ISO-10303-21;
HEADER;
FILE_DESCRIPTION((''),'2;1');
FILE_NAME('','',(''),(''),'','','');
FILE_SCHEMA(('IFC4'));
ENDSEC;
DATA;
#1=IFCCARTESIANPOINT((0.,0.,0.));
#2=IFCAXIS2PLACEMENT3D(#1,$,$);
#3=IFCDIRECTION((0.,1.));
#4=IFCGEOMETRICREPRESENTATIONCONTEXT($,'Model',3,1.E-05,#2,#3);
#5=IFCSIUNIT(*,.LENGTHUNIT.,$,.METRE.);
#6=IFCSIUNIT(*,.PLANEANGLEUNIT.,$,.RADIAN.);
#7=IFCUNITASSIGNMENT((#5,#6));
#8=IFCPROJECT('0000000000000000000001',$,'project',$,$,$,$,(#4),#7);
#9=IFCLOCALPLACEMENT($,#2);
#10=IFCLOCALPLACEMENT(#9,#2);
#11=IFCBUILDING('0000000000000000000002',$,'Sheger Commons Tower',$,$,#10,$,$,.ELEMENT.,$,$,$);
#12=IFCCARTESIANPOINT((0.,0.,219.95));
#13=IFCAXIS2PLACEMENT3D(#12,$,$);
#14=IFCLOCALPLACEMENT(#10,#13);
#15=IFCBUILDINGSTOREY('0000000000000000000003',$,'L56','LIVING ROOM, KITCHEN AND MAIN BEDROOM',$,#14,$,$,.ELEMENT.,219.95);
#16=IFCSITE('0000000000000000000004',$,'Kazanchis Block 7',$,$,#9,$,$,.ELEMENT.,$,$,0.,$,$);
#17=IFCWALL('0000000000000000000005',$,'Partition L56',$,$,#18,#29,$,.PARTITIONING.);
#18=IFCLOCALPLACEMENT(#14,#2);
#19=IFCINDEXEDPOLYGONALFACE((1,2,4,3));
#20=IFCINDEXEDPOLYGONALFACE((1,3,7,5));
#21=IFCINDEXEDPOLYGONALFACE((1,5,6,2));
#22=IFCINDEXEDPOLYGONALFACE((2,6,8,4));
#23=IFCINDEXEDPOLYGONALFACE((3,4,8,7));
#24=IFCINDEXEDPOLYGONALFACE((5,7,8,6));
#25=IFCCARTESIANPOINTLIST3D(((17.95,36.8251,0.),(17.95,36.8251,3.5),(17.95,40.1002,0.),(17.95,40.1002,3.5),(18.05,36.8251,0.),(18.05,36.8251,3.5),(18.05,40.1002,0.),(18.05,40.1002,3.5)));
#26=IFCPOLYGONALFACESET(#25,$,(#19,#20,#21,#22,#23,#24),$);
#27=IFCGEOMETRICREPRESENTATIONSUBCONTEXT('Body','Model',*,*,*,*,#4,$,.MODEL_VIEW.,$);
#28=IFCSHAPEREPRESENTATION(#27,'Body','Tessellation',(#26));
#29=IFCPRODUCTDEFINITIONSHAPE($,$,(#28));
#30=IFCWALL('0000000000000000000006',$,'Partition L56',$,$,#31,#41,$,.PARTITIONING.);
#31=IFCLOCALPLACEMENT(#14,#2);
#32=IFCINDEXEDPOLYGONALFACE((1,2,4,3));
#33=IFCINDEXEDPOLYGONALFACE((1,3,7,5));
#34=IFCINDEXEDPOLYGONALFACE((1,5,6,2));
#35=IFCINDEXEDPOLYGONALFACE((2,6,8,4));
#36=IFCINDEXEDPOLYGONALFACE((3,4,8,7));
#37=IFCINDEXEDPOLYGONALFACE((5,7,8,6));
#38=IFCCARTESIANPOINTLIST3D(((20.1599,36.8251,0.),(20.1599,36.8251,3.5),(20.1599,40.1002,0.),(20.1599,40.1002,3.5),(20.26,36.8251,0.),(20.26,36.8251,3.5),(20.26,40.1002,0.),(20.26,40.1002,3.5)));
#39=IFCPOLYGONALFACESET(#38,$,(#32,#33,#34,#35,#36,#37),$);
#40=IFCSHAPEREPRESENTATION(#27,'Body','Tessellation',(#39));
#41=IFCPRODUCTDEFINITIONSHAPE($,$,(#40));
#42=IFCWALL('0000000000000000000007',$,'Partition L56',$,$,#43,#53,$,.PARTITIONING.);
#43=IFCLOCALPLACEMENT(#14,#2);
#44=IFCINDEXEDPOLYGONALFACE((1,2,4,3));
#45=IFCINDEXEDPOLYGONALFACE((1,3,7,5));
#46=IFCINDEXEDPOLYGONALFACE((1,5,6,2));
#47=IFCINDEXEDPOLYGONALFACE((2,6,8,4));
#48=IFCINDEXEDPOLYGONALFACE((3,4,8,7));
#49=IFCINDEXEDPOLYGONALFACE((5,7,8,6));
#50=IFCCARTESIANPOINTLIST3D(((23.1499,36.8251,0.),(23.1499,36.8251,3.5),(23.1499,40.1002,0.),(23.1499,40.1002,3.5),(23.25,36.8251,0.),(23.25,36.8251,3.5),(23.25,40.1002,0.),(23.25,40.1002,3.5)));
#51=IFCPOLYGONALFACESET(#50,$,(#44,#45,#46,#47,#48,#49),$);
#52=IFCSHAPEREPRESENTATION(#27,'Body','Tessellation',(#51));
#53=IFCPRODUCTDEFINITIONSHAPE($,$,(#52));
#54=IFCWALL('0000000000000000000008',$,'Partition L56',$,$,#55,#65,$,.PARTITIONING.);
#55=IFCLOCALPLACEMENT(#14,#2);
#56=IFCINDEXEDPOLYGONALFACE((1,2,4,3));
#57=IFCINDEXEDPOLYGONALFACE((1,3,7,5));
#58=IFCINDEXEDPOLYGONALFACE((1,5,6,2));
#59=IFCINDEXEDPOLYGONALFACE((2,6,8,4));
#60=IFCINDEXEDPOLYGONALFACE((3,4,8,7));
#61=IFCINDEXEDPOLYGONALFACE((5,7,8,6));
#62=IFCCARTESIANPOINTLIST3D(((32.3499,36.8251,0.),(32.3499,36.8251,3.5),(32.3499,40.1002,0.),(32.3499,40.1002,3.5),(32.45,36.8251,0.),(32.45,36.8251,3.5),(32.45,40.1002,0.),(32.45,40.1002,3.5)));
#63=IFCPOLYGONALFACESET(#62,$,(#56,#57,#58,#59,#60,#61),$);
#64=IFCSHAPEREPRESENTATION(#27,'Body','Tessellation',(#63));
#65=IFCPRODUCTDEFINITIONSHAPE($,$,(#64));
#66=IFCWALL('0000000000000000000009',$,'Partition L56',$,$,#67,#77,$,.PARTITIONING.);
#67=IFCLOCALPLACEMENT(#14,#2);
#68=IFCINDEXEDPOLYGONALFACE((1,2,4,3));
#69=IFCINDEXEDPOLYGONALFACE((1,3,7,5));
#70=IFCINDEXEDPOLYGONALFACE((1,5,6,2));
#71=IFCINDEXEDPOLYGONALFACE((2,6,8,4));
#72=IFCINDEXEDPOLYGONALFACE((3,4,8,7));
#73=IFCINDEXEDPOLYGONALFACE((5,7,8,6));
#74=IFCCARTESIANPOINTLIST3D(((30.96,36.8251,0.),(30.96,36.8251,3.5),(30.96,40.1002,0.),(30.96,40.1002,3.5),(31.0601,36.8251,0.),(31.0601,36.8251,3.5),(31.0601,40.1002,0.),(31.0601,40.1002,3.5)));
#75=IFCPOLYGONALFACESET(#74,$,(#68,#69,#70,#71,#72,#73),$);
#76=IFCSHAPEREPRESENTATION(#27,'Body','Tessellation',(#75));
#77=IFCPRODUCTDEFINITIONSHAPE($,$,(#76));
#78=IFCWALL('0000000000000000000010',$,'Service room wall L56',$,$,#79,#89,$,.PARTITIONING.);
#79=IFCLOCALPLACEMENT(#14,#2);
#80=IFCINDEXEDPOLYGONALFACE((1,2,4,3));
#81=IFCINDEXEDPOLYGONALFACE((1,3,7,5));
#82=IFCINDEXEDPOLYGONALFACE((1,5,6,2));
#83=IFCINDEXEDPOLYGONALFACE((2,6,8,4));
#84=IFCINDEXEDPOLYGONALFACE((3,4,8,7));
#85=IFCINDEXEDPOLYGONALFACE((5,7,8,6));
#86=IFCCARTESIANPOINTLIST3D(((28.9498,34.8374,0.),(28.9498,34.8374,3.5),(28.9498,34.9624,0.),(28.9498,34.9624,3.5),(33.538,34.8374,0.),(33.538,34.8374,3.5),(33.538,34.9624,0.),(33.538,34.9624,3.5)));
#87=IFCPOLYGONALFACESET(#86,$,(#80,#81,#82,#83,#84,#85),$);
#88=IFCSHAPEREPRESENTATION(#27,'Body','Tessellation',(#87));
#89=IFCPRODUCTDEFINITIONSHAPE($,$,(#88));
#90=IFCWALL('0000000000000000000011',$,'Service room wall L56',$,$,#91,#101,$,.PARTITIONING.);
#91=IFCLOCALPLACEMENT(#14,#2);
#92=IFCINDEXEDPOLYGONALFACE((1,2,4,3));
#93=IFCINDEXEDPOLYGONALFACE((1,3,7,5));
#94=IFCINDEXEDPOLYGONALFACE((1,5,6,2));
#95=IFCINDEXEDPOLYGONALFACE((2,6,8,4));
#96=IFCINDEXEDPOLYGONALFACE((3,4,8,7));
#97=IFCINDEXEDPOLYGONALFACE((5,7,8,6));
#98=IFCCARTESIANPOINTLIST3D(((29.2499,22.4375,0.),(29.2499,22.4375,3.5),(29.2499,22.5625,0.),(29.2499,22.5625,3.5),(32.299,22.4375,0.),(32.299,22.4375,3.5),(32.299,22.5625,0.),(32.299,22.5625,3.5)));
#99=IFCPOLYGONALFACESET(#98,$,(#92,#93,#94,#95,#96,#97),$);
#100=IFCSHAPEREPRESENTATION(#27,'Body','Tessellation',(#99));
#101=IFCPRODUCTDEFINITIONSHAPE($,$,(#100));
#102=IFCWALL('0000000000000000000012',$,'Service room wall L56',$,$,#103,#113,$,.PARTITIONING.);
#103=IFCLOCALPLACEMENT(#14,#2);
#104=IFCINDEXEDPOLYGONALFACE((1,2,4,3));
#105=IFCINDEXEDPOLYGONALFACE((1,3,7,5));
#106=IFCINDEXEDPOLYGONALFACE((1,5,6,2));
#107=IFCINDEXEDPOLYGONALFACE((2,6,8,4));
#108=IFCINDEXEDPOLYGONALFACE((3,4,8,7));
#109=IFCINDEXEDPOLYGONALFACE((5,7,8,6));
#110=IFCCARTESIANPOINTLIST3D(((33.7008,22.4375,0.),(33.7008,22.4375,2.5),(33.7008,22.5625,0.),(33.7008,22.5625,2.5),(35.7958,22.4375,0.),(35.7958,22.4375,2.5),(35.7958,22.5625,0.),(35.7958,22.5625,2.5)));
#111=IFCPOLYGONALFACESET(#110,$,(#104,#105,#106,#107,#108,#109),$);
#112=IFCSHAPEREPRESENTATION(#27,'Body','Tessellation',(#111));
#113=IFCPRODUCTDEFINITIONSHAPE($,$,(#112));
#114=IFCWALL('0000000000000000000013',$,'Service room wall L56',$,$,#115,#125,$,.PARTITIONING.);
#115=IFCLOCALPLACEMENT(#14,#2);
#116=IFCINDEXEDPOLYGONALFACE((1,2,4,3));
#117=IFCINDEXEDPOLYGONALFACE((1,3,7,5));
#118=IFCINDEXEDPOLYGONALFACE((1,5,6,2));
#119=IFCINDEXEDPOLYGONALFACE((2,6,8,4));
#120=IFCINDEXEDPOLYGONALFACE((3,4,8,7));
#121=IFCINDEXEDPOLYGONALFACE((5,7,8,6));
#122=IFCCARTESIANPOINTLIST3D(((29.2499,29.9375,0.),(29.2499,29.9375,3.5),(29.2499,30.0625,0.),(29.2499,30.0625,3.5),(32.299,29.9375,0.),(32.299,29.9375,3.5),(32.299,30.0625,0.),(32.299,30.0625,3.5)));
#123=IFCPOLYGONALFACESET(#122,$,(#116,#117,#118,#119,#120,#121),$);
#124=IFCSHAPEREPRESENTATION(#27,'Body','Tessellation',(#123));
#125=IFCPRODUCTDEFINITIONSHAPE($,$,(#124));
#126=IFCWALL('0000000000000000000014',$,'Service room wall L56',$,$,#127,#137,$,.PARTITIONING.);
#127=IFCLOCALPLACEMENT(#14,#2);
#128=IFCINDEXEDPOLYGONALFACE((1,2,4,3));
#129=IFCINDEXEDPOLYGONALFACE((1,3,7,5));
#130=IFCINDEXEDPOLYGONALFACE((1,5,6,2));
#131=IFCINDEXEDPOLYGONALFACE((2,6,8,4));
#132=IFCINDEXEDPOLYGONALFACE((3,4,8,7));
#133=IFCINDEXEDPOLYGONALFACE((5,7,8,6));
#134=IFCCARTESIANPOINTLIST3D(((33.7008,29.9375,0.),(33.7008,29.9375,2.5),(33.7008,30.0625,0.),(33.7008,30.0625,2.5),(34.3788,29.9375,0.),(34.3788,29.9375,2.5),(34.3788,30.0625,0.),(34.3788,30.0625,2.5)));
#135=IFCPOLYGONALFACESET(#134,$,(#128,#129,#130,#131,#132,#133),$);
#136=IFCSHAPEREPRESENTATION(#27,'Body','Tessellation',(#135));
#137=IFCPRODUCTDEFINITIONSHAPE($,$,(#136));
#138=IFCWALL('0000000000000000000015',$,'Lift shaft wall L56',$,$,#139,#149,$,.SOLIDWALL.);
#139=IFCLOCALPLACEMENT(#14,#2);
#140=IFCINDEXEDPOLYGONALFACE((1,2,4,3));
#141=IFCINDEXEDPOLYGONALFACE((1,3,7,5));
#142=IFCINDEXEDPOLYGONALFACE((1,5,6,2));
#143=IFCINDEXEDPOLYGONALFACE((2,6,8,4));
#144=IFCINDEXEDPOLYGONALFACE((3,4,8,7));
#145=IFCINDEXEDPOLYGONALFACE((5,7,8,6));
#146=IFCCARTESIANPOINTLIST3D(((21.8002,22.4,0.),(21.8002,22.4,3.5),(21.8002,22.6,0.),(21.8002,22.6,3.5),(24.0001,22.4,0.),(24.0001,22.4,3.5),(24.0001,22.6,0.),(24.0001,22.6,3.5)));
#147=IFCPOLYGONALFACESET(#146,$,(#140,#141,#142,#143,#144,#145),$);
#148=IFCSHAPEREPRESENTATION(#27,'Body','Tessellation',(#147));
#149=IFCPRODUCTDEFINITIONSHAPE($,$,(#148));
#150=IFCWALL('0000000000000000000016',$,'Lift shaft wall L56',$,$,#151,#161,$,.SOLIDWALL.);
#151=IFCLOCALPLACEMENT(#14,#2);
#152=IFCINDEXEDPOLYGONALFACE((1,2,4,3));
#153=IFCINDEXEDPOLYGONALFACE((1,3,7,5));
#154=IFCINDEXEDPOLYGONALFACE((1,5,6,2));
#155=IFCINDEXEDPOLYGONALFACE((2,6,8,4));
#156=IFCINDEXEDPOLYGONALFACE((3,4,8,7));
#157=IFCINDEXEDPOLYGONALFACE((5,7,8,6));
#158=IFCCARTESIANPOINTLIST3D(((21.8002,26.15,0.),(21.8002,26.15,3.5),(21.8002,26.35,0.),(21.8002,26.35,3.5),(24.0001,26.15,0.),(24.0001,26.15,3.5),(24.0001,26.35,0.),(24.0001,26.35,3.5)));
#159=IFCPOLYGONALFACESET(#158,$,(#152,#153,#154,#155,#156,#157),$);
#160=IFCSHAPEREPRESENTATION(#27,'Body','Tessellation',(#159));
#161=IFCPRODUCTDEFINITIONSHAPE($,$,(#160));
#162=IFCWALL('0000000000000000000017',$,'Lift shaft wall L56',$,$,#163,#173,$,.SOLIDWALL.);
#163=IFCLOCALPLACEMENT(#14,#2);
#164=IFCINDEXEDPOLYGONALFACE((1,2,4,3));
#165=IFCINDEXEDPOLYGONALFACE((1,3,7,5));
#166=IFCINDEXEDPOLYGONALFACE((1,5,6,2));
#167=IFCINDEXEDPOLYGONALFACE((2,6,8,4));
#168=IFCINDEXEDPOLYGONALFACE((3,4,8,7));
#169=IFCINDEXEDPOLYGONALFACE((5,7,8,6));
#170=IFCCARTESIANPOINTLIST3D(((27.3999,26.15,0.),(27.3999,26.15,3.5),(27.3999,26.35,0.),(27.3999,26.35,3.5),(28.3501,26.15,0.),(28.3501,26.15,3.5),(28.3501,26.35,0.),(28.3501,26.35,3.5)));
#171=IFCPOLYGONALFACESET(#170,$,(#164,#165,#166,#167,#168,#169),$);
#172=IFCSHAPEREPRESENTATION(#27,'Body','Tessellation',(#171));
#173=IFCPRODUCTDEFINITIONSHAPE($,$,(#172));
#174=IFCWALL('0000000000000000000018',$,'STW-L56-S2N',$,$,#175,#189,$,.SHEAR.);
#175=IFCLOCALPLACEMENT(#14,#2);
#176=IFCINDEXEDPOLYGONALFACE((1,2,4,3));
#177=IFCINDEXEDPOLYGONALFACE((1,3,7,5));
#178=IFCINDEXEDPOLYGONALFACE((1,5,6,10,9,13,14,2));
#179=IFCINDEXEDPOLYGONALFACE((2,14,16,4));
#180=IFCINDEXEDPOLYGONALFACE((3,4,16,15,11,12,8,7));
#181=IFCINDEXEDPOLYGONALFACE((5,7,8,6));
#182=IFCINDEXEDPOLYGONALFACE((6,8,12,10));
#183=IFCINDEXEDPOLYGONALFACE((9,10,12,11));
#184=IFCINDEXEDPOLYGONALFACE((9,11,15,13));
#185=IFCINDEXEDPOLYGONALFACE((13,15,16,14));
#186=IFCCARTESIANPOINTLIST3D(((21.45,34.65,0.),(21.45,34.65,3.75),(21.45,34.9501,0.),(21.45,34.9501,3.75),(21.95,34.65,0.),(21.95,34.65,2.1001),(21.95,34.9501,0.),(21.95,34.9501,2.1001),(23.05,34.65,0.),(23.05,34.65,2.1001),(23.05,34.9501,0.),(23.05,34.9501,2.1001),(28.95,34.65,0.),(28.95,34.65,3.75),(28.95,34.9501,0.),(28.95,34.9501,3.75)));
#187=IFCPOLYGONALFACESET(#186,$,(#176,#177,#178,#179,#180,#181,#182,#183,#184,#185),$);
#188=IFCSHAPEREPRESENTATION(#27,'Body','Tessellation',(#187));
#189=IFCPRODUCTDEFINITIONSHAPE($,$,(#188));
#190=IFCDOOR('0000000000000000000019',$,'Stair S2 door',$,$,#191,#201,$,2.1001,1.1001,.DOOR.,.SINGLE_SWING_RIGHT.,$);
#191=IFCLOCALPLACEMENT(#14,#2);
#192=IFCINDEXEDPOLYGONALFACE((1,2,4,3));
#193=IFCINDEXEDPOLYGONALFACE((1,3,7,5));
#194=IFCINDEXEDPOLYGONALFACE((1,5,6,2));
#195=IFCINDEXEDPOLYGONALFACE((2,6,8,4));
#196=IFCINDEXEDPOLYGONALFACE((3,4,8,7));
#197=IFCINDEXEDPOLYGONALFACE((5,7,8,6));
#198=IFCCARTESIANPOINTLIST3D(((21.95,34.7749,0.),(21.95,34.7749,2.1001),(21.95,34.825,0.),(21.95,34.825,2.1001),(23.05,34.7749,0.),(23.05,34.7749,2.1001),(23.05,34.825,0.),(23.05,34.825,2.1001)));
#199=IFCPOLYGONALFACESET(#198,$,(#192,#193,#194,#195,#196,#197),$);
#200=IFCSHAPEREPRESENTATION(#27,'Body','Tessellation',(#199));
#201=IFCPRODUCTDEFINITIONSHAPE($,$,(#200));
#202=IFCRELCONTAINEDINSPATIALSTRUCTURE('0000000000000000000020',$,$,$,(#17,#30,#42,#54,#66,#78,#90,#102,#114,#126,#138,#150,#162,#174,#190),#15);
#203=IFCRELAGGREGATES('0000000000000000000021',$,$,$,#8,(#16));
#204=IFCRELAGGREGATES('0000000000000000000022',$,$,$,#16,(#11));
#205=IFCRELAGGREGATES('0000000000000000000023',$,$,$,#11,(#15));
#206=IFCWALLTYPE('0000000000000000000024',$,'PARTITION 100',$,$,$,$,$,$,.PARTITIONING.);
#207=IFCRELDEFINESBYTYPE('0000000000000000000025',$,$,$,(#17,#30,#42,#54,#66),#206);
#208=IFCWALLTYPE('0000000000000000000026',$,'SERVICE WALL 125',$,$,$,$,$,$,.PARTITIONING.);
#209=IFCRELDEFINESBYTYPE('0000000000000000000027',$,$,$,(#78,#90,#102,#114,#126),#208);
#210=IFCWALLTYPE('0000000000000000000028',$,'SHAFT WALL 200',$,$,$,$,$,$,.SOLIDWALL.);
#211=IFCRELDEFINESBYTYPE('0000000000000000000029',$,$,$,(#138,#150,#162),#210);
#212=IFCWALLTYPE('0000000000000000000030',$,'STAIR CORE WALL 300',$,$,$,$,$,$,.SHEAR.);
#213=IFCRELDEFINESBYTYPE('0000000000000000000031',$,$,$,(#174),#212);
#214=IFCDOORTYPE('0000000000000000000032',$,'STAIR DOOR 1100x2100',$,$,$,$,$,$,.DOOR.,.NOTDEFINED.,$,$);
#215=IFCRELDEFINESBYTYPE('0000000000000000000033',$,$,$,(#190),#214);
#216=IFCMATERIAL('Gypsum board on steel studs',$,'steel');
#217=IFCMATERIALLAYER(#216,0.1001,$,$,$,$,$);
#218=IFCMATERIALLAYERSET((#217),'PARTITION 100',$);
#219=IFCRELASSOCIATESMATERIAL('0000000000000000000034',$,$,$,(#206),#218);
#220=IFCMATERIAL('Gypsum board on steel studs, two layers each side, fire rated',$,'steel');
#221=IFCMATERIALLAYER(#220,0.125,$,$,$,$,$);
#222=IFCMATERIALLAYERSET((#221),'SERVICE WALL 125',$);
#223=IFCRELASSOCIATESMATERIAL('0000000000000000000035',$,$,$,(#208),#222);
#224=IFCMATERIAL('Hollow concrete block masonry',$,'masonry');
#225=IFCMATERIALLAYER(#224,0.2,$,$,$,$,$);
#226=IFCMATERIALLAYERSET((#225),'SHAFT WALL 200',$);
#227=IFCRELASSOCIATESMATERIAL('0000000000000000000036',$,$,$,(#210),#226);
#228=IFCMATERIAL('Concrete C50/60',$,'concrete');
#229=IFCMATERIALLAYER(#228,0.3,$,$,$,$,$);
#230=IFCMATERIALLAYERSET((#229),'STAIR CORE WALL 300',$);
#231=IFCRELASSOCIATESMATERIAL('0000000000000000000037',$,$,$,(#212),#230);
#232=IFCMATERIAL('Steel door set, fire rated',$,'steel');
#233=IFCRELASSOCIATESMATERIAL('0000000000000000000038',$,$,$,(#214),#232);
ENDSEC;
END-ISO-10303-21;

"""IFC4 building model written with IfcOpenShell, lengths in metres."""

from ifc_helpers import new_model, si_unit, direction, frame, frame_2d, origin, place, context, subcontext, project, spatial, rectangle, extrude, material, layer, layer_set, type_object, element, fill, save


model = new_model("IFC4")

# Units and contexts
model_context = context("Model", 3, precision=1e-05, world=origin(), true_north=direction((0.0, 1.0)))
body_context = subcontext(model_context, "Body", "Model", "MODEL_VIEW")
ifc_project = project(units=[si_unit("LENGTHUNIT", "METRE"), si_unit("PLANEANGLEUNIT", "RADIAN")], contexts=[model_context])

# Site, building, storey
site_placement = place(None, origin())
site = spatial("IfcSite", under=ifc_project, at=site_placement, Name="Kazanchis Block 7", CompositionType="ELEMENT", RefElevation=0.0)
building_placement = place(site_placement, origin())
building = spatial("IfcBuilding", under=site, at=building_placement, Name="Sheger Commons Tower", CompositionType="ELEMENT")
storey_placement = place(building_placement, frame((0.0, 0.0, 219.95)))
storey = spatial("IfcBuildingStorey", under=building, at=storey_placement, Name="L56", Description="LIVING ROOM, KITCHEN AND MAIN BEDROOM", CompositionType="ELEMENT", Elevation=219.95)

# Walls
ifc_material_1 = material(Name="Gypsum board on steel studs", Category="steel")
ifc_layer_1 = layer(ifc_material_1, 0.1001)
ifc_layer_set_1 = layer_set([ifc_layer_1], Name="PARTITION 100")
wall_type_1 = type_object("IfcWallType", Name="PARTITION 100", PredefinedType="PARTITIONING", material=ifc_layer_set_1)
for number, where, z_axis, x_axis, name in (
    (1, (18.0, 36.825, 0.0), (0.0, 0.0, 1.0), (0.0, 1.0, 0.0), "Partition L56"),
    (2, (20.21, 36.825, 0.0), (0.0, 0.0, 1.0), (0.0, 1.0, 0.0), "Partition L56"),
    (3, (23.2, 36.825, 0.0), (0.0, 0.0, 1.0), (0.0, 1.0, 0.0), "Partition L56"),
    (4, (32.3999, 36.825, 0.0), (0.0, 0.0, 1.0), (0.0, 1.0, 0.0), "Partition L56"),
    (5, (31.01, 36.825, 0.0), (0.0, 0.0, 1.0), (0.0, 1.0, 0.0), "Partition L56"),
):
    element("IfcWall", number, at=place(storey_placement, frame(where, z_axis=z_axis, x_axis=x_axis)), inside=storey, type_object=wall_type_1, Name=name, PredefinedType="PARTITIONING", context=body_context, shape_type="SweptSolid", body=[
        extrude(rectangle(XDim=3.2751, YDim=0.1001, at=frame_2d((1.6377, 0.0))), origin(), (0.0, 0.0, 1.0), 3.5),
    ])
ifc_material_2 = material(Name="Gypsum board on steel studs, two layers each side, fire rated", Category="steel")
ifc_layer_2 = layer(ifc_material_2, 0.125)
ifc_layer_set_2 = layer_set([ifc_layer_2], Name="SERVICE WALL 125")
wall_type_2 = type_object("IfcWallType", Name="SERVICE WALL 125", PredefinedType="PARTITIONING", material=ifc_layer_set_2)
wall_1_placement = place(storey_placement, frame((28.95, 34.8999, 0.0), z_axis=(0.0, 0.0, 1.0), x_axis=(1.0, 0.0, 0.0)))
element("IfcWall", 6, at=wall_1_placement, inside=storey, type_object=wall_type_2, Name="Service room wall L56", PredefinedType="PARTITIONING", context=body_context, shape_type="SweptSolid", body=[
    extrude(rectangle(XDim=4.5881, YDim=0.125, at=frame_2d((2.2939, 0.0))), origin(), (0.0, 0.0, 1.0), 3.5),
])
wall_2_placement = place(storey_placement, frame((29.25, 22.5, 0.0), z_axis=(0.0, 0.0, 1.0), x_axis=(1.0, 0.0, 0.0)))
element("IfcWall", 7, at=wall_2_placement, inside=storey, type_object=wall_type_2, Name="Service room wall L56", PredefinedType="PARTITIONING", context=body_context, shape_type="SweptSolid", body=[
    extrude(rectangle(XDim=3.0491, YDim=0.125, at=frame_2d((1.5244, 0.0))), origin(), (0.0, 0.0, 1.0), 3.5),
])
wall_3_placement = place(storey_placement, frame((33.7009, 22.5, 0.0), z_axis=(0.0, 0.0, 1.0), x_axis=(1.0, 0.0, 0.0)))
element("IfcWall", 8, at=wall_3_placement, inside=storey, type_object=wall_type_2, Name="Service room wall L56", PredefinedType="PARTITIONING", context=body_context, shape_type="SweptSolid", body=[
    extrude(rectangle(XDim=2.095, YDim=0.125, at=frame_2d((1.0474, 0.0))), origin(), (0.0, 0.0, 1.0), 2.5),
])
wall_4_placement = place(storey_placement, frame((29.25, 30.0, 0.0), z_axis=(0.0, 0.0, 1.0), x_axis=(1.0, 0.0, 0.0)))
element("IfcWall", 9, at=wall_4_placement, inside=storey, type_object=wall_type_2, Name="Service room wall L56", PredefinedType="PARTITIONING", context=body_context, shape_type="SweptSolid", body=[
    extrude(rectangle(XDim=3.0491, YDim=0.125, at=frame_2d((1.5244, 0.0))), origin(), (0.0, 0.0, 1.0), 3.5),
])
wall_5_placement = place(storey_placement, frame((33.7009, 30.0, 0.0), z_axis=(0.0, 0.0, 1.0), x_axis=(1.0, 0.0, 0.0)))
element("IfcWall", 10, at=wall_5_placement, inside=storey, type_object=wall_type_2, Name="Service room wall L56", PredefinedType="PARTITIONING", context=body_context, shape_type="SweptSolid", body=[
    extrude(rectangle(XDim=0.678, YDim=0.125, at=frame_2d((0.3389, 0.0))), origin(), (0.0, 0.0, 1.0), 2.5),
])
ifc_material_3 = material(Name="Hollow concrete block masonry", Category="masonry")
ifc_layer_3 = layer(ifc_material_3, 0.2)
ifc_layer_set_3 = layer_set([ifc_layer_3], Name="SHAFT WALL 200")
wall_type_3 = type_object("IfcWallType", Name="SHAFT WALL 200", PredefinedType="SOLIDWALL", material=ifc_layer_set_3)
for number, where, z_axis, x_axis, name in (
    (11, (21.8, 22.5, 0.0), (0.0, 0.0, 1.0), (1.0, 0.0, 0.0), "Lift shaft wall L56"),
    (12, (21.8, 26.25, 0.0), (0.0, 0.0, 1.0), (1.0, 0.0, 0.0), "Lift shaft wall L56"),
):
    element("IfcWall", number, at=place(storey_placement, frame(where, z_axis=z_axis, x_axis=x_axis)), inside=storey, type_object=wall_type_3, Name=name, PredefinedType="SOLIDWALL", context=body_context, shape_type="SweptSolid", body=[
        extrude(rectangle(XDim=2.2, YDim=0.2, at=frame_2d((1.1001, 0.0))), origin(), (0.0, 0.0, 1.0), 3.5),
    ])
wall_6_placement = place(storey_placement, frame((27.3999, 26.25, 0.0), z_axis=(0.0, 0.0, 1.0), x_axis=(1.0, 0.0, 0.0)))
element("IfcWall", 13, at=wall_6_placement, inside=storey, type_object=wall_type_3, Name="Lift shaft wall L56", PredefinedType="SOLIDWALL", context=body_context, shape_type="SweptSolid", body=[
    extrude(rectangle(XDim=0.9502, YDim=0.2, at=frame_2d((0.4751, 0.0))), origin(), (0.0, 0.0, 1.0), 3.5),
])

# Wall, opening, door
ifc_material_4 = material(Name="Concrete C50/60", Category="concrete")
ifc_layer_4 = layer(ifc_material_4, 0.3)
ifc_layer_set_4 = layer_set([ifc_layer_4], Name="STAIR CORE WALL 300")
wall_type_4 = type_object("IfcWallType", Name="STAIR CORE WALL 300", PredefinedType="SHEAR", material=ifc_layer_set_4)
wall_7_placement = place(storey_placement, frame((21.45, 34.8, 0.0), z_axis=(0.0, 0.0, 1.0), x_axis=(1.0, 0.0, 0.0)))
wall_7 = element("IfcWall", 14, at=wall_7_placement, inside=storey, type_object=wall_type_4, Name="STW-L56-S2N", PredefinedType="SHEAR", context=body_context, shape_type="SweptSolid", body=[
    extrude(rectangle(XDim=7.5, YDim=0.3, at=frame_2d((3.75, 0.0))), origin(), (0.0, 0.0, 1.0), 3.75),
])
opening_1_placement = place(wall_7_placement, frame((0.5, 0.0, 0.0)))
opening_1 = element("IfcOpeningElement", 15, at=opening_1_placement, cuts=wall_7, PredefinedType="OPENING", context=body_context, shape_type="SweptSolid", body=[
    extrude(rectangle(XDim=1.1001, YDim=2.1001, at=frame_2d((0.55, 1.05))), frame((0.0, 0.1599, 0.0), z_axis=(0.0, -1.0, 0.0), x_axis=(1.0, 0.0, 0.0)), (0.0, 0.0, 1.0), 0.3201),
])
ifc_material_5 = material(Name="Steel door set, fire rated", Category="steel")
door_type_1 = type_object("IfcDoorType", Name="STAIR DOOR 1100x2100", OperationType="NOTDEFINED", PredefinedType="DOOR", material=ifc_material_5)
door_1_placement = place(opening_1_placement, origin())
door_1 = element("IfcDoor", 16, at=door_1_placement, inside=storey, type_object=door_type_1, Name="Stair S2 door", OperationType="SINGLE_SWING_RIGHT", OverallHeight=2.1001, OverallWidth=1.1001, PredefinedType="DOOR", context=body_context, shape_type="SweptSolid", body=[
    extrude(rectangle(XDim=1.1001, YDim=2.1001, at=frame_2d((0.55, 1.05))), frame((0.0, 0.0249, 0.0), z_axis=(0.0, -1.0, 0.0), x_axis=(1.0, 0.0, 0.0)), (0.0, 0.0, 1.0), 0.05),
])
fill(opening_1, door_1)

save(model, "model.ifc")
